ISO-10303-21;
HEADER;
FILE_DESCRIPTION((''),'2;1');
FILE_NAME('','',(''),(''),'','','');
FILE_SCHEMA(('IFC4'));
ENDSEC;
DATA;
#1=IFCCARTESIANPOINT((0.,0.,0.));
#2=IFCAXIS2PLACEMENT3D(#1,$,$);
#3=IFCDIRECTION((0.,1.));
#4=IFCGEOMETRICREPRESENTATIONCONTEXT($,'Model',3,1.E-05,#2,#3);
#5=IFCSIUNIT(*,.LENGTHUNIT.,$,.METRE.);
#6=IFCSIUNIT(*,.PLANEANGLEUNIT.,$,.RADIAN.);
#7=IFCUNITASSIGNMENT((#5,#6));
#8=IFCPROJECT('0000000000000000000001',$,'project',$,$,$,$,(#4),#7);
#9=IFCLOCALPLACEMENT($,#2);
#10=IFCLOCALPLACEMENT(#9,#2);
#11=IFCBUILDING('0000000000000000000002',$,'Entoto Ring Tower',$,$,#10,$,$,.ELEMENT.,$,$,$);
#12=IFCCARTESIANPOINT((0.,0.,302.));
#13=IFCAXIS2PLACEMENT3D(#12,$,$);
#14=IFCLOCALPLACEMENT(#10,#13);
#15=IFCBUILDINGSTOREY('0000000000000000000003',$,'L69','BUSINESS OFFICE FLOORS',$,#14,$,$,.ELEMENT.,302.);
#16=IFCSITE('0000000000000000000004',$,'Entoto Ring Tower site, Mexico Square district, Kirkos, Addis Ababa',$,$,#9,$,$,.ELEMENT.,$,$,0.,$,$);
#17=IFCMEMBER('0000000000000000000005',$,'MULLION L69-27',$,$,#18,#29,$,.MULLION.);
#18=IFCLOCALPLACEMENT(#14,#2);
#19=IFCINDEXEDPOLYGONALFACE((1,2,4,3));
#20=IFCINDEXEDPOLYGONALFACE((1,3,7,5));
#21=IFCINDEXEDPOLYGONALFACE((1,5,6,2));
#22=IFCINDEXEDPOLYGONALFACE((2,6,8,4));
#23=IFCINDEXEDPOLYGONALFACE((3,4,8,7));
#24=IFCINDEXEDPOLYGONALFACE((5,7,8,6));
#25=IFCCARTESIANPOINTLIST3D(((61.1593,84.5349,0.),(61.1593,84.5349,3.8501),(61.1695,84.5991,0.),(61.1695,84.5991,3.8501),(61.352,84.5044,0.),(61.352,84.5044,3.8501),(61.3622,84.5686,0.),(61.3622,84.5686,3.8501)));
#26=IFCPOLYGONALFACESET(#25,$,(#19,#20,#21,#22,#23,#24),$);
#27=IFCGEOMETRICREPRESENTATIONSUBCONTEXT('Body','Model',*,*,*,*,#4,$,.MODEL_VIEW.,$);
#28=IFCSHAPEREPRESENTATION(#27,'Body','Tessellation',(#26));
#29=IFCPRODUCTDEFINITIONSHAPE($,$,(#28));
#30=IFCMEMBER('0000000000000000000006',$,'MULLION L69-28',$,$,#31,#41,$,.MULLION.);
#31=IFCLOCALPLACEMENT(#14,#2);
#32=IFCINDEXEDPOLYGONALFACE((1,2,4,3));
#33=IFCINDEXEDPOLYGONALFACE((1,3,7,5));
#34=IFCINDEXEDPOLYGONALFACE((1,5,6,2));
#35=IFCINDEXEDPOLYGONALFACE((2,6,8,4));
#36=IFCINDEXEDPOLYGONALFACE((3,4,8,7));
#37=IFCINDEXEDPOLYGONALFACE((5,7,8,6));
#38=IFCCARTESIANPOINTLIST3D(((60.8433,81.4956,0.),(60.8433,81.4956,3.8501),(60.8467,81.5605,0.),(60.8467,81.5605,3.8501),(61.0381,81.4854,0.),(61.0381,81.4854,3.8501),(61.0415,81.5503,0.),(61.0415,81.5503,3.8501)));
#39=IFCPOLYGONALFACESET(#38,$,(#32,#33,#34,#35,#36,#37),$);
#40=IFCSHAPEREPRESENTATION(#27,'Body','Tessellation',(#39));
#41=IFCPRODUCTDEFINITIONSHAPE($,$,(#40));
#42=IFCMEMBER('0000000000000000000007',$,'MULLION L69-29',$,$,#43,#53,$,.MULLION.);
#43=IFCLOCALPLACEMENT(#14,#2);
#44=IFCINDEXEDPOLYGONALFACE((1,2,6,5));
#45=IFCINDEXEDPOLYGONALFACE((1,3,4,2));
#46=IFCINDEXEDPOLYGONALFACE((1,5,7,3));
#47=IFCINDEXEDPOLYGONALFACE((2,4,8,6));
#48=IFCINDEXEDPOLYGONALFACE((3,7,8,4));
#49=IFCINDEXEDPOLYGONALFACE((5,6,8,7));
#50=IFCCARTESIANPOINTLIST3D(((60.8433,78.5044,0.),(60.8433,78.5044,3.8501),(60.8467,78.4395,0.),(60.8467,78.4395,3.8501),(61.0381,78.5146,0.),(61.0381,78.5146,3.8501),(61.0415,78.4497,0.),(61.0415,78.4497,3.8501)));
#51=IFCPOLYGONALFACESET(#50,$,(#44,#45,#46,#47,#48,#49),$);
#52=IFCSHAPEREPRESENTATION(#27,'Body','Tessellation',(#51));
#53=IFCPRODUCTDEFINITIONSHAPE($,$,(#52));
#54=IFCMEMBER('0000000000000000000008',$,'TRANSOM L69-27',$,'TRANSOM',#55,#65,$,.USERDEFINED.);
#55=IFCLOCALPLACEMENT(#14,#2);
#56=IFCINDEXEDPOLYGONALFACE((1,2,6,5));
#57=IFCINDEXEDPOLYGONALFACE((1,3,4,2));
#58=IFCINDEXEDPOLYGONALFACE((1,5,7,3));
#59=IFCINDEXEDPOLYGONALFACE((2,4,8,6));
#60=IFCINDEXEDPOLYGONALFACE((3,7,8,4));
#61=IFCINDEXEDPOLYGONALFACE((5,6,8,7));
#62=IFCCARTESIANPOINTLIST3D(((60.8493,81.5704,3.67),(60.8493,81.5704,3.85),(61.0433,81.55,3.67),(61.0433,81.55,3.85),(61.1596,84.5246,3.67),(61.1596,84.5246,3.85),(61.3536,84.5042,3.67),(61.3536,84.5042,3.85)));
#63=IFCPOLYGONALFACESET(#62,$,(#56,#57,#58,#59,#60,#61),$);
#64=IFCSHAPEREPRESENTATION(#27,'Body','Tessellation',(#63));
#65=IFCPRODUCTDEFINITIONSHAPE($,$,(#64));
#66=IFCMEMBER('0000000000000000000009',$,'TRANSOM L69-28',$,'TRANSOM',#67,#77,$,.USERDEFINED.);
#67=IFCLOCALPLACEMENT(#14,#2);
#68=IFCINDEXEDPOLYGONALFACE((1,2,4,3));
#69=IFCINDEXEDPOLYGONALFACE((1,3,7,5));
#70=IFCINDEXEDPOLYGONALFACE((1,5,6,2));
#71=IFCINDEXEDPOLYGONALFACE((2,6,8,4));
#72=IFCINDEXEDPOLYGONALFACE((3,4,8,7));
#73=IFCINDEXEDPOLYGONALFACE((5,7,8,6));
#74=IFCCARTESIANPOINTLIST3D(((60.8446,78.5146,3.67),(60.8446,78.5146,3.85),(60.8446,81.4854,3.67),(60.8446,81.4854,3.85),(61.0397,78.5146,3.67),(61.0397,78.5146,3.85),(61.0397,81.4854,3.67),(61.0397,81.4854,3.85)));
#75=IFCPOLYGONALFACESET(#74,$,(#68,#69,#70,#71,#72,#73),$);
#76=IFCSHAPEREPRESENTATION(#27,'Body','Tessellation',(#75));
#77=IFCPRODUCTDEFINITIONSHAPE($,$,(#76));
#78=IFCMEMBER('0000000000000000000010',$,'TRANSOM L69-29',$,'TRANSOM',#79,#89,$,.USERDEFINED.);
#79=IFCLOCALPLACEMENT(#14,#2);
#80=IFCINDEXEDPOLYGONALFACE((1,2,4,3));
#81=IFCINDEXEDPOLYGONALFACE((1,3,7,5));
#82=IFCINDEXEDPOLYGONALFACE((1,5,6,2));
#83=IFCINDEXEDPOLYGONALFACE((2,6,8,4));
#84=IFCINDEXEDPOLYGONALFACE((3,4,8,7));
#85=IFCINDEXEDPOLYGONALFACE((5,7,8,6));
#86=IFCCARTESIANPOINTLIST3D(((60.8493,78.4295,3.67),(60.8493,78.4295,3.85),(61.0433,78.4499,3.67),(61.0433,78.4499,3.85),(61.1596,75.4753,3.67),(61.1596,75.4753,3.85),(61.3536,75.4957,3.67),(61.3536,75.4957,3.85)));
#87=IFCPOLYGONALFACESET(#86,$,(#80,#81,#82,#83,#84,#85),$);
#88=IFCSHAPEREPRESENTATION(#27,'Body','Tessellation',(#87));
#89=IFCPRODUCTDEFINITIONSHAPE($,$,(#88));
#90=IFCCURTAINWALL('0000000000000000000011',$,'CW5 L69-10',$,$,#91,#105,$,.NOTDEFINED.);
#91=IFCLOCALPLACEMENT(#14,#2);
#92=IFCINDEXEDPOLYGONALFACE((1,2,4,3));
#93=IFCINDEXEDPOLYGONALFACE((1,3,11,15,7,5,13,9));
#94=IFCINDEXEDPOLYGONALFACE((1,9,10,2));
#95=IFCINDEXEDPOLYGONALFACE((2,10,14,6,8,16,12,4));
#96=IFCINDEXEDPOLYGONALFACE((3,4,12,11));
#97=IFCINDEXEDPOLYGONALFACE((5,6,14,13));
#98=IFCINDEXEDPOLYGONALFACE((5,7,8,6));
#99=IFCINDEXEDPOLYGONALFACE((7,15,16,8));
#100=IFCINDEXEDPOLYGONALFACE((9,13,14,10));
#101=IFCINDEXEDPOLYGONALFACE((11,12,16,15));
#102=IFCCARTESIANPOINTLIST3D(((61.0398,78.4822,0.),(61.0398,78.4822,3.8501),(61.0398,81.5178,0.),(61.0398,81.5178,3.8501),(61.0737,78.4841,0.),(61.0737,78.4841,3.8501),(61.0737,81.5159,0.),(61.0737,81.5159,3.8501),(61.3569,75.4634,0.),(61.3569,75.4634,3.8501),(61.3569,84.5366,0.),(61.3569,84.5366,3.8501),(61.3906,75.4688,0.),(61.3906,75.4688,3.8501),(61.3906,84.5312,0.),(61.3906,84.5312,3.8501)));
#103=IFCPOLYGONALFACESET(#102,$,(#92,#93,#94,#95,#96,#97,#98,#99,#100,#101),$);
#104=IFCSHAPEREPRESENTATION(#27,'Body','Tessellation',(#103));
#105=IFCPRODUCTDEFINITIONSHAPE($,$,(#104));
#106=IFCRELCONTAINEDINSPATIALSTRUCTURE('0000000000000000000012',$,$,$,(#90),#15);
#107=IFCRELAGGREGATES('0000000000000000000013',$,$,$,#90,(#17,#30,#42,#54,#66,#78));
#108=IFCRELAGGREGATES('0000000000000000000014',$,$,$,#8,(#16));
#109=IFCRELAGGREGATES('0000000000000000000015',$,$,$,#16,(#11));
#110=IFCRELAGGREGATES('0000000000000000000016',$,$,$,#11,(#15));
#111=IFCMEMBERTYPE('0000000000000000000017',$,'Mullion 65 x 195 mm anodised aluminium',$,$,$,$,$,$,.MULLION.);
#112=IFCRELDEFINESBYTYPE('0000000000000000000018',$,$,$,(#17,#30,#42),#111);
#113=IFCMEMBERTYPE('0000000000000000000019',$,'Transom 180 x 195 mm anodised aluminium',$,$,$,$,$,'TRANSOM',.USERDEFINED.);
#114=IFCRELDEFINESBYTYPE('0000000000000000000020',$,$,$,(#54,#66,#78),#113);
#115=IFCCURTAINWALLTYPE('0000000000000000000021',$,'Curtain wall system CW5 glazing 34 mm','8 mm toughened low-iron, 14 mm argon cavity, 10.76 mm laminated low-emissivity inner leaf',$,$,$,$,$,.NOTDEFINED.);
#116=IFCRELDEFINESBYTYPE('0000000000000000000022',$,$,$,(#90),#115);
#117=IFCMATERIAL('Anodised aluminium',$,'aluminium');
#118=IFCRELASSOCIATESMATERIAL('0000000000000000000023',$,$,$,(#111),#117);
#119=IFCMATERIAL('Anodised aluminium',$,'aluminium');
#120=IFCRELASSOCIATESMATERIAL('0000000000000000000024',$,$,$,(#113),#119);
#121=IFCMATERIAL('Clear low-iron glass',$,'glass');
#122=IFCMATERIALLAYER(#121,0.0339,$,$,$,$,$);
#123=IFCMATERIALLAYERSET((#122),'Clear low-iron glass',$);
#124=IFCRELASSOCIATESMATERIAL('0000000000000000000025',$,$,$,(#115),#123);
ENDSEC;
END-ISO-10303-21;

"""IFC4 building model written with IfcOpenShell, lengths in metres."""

from ifc_helpers import new_model, si_unit, direction, frame, origin, origin_2d, place, context, subcontext, project, spatial, polyline, rectangle, outline, extrude, material, layer, layer_set, material_profile, profile_set, type_object, element, aggregate, save


model = new_model("IFC4")

# Units and contexts
model_context = context("Model", 3, precision=1e-05, world=origin(), true_north=direction((0.0, 1.0)))
body_context = subcontext(model_context, "Body", "Model", "MODEL_VIEW")
ifc_project = project(units=[si_unit("LENGTHUNIT", "METRE"), si_unit("PLANEANGLEUNIT", "RADIAN")], contexts=[model_context])

# Members
ifc_material_1 = material(Name="Anodised aluminium", Category="aluminium")
ifc_material_profile_1 = material_profile(ifc_material_1, rectangle(XDim=0.0649, YDim=0.1951, at=origin_2d()), Name="Mullion 65 x 195 mm anodised aluminium")
ifc_profile_set_1 = profile_set([ifc_material_profile_1], Name="Anodised aluminium")
member_type_1 = type_object("IfcMemberType", Name="Mullion 65 x 195 mm anodised aluminium", PredefinedType="MULLION", material=ifc_profile_set_1)
site_placement = place(None, origin())
building_placement = place(site_placement, origin())
storey_placement = place(building_placement, frame((0.0, 0.0, 302.0)))
member_1_placement = place(storey_placement, frame((61.2607, 84.5518, 0.0), z_axis=(0.0, 0.0, 1.0), x_axis=(-0.156434, -0.987688, 0.0)))
member_1 = element("IfcMember", 1, at=member_1_placement, type_object=member_type_1, Name="MULLION L69-27", PredefinedType="MULLION", context=body_context, shape_type="SweptSolid", body=[
    extrude(rectangle(XDim=0.0649, YDim=0.1951, at=origin_2d()), origin(), (0.0, 0.0, 1.0), 3.8501),
])
member_2_placement = place(storey_placement, frame((60.9424, 81.5229, 0.0), z_axis=(0.0, 0.0, 1.0), x_axis=(-0.052336, -0.99863, 0.0)))
member_2 = element("IfcMember", 2, at=member_2_placement, type_object=member_type_1, Name="MULLION L69-28", PredefinedType="MULLION", context=body_context, shape_type="SweptSolid", body=[
    extrude(rectangle(XDim=0.0649, YDim=0.1951, at=origin_2d()), origin(), (0.0, 0.0, 1.0), 3.8501),
])
member_3_placement = place(storey_placement, frame((60.9424, 78.4771, 0.0), z_axis=(0.0, 0.0, 1.0), x_axis=(0.052336, -0.99863, 0.0)))
member_3 = element("IfcMember", 3, at=member_3_placement, type_object=member_type_1, Name="MULLION L69-29", PredefinedType="MULLION", context=body_context, shape_type="SweptSolid", body=[
    extrude(rectangle(XDim=0.0649, YDim=0.1951, at=origin_2d()), origin(), (0.0, 0.0, 1.0), 3.8501),
])
ifc_material_2 = material(Name="Anodised aluminium", Category="aluminium")
ifc_material_profile_2 = material_profile(ifc_material_2, rectangle(XDim=0.1951, YDim=0.1799, at=origin_2d()), Name="Transom 180 x 195 mm anodised aluminium")
ifc_profile_set_2 = profile_set([ifc_material_profile_2], Name="Anodised aluminium")
member_type_2 = type_object("IfcMemberType", Name="Transom 180 x 195 mm anodised aluminium", ElementType="TRANSOM", PredefinedType="USERDEFINED", material=ifc_profile_set_2)
member_4_placement = place(storey_placement, frame((61.2566, 84.5144, 3.76), z_axis=(-0.104467, -0.994528, 0.0), x_axis=(0.994528, -0.104467, 0.0)))
member_4 = element("IfcMember", 4, at=member_4_placement, type_object=member_type_2, Name="TRANSOM L69-27", ObjectType="TRANSOM", PredefinedType="USERDEFINED", context=body_context, shape_type="SweptSolid", body=[
    extrude(rectangle(XDim=0.1951, YDim=0.1799, at=origin_2d()), origin(), (0.0, 0.0, 1.0), 2.9705),
])
member_5_placement = place(storey_placement, frame((60.9421, 81.4854, 3.76), z_axis=(0.0, -1.0, 0.0), x_axis=(1.0, 0.0, 0.0)))
member_5 = element("IfcMember", 5, at=member_5_placement, type_object=member_type_2, Name="TRANSOM L69-28", ObjectType="TRANSOM", PredefinedType="USERDEFINED", context=body_context, shape_type="SweptSolid", body=[
    extrude(rectangle(XDim=0.1951, YDim=0.1799, at=origin_2d()), origin(), (0.0, 0.0, 1.0), 2.9707),
])
member_6_placement = place(storey_placement, frame((60.9463, 78.4397, 3.76), z_axis=(0.104467, -0.994528, 0.0), x_axis=(0.994528, 0.104467, 0.0)))
member_6 = element("IfcMember", 6, at=member_6_placement, type_object=member_type_2, Name="TRANSOM L69-29", ObjectType="TRANSOM", PredefinedType="USERDEFINED", context=body_context, shape_type="SweptSolid", body=[
    extrude(rectangle(XDim=0.1951, YDim=0.1799, at=origin_2d()), origin(), (0.0, 0.0, 1.0), 2.9705),
])

# Site, building, storey
site = spatial("IfcSite", under=ifc_project, at=site_placement, Name="Entoto Ring Tower site, Mexico Square district, Kirkos, Addis Ababa", CompositionType="ELEMENT", RefElevation=0.0)
building = spatial("IfcBuilding", under=site, at=building_placement, Name="Entoto Ring Tower", CompositionType="ELEMENT")
storey = spatial("IfcBuildingStorey", under=building, at=storey_placement, Name="L69", Description="BUSINESS OFFICE FLOORS", CompositionType="ELEMENT", Elevation=302.0)

# Curtain wall
ifc_material_3 = material(Name="Clear low-iron glass", Category="glass")
ifc_layer = layer(ifc_material_3, 0.0339)
ifc_layer_set = layer_set([ifc_layer], Name="Clear low-iron glass")
curtain_wall_type = type_object("IfcCurtainWallType", Name="Curtain wall system CW5 glazing 34 mm", Description="8 mm toughened low-iron, 14 mm argon cavity, 10.76 mm laminated low-emissivity inner leaf", PredefinedType="NOTDEFINED", material=ifc_layer_set)
curtain_wall_1_placement = place(storey_placement, origin())
curtain_wall_1 = element("IfcCurtainWall", 7, at=curtain_wall_1_placement, inside=storey, type_object=curtain_wall_type, Name="CW5 L69-10", PredefinedType="NOTDEFINED", context=body_context, shape_type="SweptSolid", body=[
    extrude(outline(polyline([(61.3569, 84.5366), (61.0398, 81.5178), (61.0398, 78.4822), (61.3569, 75.4634), (61.3906, 75.4688), (61.0737, 78.4841), (61.0737, 81.5159), (61.3906, 84.5312), (61.3569, 84.5366)])), origin(), (0.0, 0.0, 1.0), 3.8501),
])
aggregate(curtain_wall_1, [member_1, member_2, member_3, member_4, member_5, member_6])

save(model, "model.ifc")
